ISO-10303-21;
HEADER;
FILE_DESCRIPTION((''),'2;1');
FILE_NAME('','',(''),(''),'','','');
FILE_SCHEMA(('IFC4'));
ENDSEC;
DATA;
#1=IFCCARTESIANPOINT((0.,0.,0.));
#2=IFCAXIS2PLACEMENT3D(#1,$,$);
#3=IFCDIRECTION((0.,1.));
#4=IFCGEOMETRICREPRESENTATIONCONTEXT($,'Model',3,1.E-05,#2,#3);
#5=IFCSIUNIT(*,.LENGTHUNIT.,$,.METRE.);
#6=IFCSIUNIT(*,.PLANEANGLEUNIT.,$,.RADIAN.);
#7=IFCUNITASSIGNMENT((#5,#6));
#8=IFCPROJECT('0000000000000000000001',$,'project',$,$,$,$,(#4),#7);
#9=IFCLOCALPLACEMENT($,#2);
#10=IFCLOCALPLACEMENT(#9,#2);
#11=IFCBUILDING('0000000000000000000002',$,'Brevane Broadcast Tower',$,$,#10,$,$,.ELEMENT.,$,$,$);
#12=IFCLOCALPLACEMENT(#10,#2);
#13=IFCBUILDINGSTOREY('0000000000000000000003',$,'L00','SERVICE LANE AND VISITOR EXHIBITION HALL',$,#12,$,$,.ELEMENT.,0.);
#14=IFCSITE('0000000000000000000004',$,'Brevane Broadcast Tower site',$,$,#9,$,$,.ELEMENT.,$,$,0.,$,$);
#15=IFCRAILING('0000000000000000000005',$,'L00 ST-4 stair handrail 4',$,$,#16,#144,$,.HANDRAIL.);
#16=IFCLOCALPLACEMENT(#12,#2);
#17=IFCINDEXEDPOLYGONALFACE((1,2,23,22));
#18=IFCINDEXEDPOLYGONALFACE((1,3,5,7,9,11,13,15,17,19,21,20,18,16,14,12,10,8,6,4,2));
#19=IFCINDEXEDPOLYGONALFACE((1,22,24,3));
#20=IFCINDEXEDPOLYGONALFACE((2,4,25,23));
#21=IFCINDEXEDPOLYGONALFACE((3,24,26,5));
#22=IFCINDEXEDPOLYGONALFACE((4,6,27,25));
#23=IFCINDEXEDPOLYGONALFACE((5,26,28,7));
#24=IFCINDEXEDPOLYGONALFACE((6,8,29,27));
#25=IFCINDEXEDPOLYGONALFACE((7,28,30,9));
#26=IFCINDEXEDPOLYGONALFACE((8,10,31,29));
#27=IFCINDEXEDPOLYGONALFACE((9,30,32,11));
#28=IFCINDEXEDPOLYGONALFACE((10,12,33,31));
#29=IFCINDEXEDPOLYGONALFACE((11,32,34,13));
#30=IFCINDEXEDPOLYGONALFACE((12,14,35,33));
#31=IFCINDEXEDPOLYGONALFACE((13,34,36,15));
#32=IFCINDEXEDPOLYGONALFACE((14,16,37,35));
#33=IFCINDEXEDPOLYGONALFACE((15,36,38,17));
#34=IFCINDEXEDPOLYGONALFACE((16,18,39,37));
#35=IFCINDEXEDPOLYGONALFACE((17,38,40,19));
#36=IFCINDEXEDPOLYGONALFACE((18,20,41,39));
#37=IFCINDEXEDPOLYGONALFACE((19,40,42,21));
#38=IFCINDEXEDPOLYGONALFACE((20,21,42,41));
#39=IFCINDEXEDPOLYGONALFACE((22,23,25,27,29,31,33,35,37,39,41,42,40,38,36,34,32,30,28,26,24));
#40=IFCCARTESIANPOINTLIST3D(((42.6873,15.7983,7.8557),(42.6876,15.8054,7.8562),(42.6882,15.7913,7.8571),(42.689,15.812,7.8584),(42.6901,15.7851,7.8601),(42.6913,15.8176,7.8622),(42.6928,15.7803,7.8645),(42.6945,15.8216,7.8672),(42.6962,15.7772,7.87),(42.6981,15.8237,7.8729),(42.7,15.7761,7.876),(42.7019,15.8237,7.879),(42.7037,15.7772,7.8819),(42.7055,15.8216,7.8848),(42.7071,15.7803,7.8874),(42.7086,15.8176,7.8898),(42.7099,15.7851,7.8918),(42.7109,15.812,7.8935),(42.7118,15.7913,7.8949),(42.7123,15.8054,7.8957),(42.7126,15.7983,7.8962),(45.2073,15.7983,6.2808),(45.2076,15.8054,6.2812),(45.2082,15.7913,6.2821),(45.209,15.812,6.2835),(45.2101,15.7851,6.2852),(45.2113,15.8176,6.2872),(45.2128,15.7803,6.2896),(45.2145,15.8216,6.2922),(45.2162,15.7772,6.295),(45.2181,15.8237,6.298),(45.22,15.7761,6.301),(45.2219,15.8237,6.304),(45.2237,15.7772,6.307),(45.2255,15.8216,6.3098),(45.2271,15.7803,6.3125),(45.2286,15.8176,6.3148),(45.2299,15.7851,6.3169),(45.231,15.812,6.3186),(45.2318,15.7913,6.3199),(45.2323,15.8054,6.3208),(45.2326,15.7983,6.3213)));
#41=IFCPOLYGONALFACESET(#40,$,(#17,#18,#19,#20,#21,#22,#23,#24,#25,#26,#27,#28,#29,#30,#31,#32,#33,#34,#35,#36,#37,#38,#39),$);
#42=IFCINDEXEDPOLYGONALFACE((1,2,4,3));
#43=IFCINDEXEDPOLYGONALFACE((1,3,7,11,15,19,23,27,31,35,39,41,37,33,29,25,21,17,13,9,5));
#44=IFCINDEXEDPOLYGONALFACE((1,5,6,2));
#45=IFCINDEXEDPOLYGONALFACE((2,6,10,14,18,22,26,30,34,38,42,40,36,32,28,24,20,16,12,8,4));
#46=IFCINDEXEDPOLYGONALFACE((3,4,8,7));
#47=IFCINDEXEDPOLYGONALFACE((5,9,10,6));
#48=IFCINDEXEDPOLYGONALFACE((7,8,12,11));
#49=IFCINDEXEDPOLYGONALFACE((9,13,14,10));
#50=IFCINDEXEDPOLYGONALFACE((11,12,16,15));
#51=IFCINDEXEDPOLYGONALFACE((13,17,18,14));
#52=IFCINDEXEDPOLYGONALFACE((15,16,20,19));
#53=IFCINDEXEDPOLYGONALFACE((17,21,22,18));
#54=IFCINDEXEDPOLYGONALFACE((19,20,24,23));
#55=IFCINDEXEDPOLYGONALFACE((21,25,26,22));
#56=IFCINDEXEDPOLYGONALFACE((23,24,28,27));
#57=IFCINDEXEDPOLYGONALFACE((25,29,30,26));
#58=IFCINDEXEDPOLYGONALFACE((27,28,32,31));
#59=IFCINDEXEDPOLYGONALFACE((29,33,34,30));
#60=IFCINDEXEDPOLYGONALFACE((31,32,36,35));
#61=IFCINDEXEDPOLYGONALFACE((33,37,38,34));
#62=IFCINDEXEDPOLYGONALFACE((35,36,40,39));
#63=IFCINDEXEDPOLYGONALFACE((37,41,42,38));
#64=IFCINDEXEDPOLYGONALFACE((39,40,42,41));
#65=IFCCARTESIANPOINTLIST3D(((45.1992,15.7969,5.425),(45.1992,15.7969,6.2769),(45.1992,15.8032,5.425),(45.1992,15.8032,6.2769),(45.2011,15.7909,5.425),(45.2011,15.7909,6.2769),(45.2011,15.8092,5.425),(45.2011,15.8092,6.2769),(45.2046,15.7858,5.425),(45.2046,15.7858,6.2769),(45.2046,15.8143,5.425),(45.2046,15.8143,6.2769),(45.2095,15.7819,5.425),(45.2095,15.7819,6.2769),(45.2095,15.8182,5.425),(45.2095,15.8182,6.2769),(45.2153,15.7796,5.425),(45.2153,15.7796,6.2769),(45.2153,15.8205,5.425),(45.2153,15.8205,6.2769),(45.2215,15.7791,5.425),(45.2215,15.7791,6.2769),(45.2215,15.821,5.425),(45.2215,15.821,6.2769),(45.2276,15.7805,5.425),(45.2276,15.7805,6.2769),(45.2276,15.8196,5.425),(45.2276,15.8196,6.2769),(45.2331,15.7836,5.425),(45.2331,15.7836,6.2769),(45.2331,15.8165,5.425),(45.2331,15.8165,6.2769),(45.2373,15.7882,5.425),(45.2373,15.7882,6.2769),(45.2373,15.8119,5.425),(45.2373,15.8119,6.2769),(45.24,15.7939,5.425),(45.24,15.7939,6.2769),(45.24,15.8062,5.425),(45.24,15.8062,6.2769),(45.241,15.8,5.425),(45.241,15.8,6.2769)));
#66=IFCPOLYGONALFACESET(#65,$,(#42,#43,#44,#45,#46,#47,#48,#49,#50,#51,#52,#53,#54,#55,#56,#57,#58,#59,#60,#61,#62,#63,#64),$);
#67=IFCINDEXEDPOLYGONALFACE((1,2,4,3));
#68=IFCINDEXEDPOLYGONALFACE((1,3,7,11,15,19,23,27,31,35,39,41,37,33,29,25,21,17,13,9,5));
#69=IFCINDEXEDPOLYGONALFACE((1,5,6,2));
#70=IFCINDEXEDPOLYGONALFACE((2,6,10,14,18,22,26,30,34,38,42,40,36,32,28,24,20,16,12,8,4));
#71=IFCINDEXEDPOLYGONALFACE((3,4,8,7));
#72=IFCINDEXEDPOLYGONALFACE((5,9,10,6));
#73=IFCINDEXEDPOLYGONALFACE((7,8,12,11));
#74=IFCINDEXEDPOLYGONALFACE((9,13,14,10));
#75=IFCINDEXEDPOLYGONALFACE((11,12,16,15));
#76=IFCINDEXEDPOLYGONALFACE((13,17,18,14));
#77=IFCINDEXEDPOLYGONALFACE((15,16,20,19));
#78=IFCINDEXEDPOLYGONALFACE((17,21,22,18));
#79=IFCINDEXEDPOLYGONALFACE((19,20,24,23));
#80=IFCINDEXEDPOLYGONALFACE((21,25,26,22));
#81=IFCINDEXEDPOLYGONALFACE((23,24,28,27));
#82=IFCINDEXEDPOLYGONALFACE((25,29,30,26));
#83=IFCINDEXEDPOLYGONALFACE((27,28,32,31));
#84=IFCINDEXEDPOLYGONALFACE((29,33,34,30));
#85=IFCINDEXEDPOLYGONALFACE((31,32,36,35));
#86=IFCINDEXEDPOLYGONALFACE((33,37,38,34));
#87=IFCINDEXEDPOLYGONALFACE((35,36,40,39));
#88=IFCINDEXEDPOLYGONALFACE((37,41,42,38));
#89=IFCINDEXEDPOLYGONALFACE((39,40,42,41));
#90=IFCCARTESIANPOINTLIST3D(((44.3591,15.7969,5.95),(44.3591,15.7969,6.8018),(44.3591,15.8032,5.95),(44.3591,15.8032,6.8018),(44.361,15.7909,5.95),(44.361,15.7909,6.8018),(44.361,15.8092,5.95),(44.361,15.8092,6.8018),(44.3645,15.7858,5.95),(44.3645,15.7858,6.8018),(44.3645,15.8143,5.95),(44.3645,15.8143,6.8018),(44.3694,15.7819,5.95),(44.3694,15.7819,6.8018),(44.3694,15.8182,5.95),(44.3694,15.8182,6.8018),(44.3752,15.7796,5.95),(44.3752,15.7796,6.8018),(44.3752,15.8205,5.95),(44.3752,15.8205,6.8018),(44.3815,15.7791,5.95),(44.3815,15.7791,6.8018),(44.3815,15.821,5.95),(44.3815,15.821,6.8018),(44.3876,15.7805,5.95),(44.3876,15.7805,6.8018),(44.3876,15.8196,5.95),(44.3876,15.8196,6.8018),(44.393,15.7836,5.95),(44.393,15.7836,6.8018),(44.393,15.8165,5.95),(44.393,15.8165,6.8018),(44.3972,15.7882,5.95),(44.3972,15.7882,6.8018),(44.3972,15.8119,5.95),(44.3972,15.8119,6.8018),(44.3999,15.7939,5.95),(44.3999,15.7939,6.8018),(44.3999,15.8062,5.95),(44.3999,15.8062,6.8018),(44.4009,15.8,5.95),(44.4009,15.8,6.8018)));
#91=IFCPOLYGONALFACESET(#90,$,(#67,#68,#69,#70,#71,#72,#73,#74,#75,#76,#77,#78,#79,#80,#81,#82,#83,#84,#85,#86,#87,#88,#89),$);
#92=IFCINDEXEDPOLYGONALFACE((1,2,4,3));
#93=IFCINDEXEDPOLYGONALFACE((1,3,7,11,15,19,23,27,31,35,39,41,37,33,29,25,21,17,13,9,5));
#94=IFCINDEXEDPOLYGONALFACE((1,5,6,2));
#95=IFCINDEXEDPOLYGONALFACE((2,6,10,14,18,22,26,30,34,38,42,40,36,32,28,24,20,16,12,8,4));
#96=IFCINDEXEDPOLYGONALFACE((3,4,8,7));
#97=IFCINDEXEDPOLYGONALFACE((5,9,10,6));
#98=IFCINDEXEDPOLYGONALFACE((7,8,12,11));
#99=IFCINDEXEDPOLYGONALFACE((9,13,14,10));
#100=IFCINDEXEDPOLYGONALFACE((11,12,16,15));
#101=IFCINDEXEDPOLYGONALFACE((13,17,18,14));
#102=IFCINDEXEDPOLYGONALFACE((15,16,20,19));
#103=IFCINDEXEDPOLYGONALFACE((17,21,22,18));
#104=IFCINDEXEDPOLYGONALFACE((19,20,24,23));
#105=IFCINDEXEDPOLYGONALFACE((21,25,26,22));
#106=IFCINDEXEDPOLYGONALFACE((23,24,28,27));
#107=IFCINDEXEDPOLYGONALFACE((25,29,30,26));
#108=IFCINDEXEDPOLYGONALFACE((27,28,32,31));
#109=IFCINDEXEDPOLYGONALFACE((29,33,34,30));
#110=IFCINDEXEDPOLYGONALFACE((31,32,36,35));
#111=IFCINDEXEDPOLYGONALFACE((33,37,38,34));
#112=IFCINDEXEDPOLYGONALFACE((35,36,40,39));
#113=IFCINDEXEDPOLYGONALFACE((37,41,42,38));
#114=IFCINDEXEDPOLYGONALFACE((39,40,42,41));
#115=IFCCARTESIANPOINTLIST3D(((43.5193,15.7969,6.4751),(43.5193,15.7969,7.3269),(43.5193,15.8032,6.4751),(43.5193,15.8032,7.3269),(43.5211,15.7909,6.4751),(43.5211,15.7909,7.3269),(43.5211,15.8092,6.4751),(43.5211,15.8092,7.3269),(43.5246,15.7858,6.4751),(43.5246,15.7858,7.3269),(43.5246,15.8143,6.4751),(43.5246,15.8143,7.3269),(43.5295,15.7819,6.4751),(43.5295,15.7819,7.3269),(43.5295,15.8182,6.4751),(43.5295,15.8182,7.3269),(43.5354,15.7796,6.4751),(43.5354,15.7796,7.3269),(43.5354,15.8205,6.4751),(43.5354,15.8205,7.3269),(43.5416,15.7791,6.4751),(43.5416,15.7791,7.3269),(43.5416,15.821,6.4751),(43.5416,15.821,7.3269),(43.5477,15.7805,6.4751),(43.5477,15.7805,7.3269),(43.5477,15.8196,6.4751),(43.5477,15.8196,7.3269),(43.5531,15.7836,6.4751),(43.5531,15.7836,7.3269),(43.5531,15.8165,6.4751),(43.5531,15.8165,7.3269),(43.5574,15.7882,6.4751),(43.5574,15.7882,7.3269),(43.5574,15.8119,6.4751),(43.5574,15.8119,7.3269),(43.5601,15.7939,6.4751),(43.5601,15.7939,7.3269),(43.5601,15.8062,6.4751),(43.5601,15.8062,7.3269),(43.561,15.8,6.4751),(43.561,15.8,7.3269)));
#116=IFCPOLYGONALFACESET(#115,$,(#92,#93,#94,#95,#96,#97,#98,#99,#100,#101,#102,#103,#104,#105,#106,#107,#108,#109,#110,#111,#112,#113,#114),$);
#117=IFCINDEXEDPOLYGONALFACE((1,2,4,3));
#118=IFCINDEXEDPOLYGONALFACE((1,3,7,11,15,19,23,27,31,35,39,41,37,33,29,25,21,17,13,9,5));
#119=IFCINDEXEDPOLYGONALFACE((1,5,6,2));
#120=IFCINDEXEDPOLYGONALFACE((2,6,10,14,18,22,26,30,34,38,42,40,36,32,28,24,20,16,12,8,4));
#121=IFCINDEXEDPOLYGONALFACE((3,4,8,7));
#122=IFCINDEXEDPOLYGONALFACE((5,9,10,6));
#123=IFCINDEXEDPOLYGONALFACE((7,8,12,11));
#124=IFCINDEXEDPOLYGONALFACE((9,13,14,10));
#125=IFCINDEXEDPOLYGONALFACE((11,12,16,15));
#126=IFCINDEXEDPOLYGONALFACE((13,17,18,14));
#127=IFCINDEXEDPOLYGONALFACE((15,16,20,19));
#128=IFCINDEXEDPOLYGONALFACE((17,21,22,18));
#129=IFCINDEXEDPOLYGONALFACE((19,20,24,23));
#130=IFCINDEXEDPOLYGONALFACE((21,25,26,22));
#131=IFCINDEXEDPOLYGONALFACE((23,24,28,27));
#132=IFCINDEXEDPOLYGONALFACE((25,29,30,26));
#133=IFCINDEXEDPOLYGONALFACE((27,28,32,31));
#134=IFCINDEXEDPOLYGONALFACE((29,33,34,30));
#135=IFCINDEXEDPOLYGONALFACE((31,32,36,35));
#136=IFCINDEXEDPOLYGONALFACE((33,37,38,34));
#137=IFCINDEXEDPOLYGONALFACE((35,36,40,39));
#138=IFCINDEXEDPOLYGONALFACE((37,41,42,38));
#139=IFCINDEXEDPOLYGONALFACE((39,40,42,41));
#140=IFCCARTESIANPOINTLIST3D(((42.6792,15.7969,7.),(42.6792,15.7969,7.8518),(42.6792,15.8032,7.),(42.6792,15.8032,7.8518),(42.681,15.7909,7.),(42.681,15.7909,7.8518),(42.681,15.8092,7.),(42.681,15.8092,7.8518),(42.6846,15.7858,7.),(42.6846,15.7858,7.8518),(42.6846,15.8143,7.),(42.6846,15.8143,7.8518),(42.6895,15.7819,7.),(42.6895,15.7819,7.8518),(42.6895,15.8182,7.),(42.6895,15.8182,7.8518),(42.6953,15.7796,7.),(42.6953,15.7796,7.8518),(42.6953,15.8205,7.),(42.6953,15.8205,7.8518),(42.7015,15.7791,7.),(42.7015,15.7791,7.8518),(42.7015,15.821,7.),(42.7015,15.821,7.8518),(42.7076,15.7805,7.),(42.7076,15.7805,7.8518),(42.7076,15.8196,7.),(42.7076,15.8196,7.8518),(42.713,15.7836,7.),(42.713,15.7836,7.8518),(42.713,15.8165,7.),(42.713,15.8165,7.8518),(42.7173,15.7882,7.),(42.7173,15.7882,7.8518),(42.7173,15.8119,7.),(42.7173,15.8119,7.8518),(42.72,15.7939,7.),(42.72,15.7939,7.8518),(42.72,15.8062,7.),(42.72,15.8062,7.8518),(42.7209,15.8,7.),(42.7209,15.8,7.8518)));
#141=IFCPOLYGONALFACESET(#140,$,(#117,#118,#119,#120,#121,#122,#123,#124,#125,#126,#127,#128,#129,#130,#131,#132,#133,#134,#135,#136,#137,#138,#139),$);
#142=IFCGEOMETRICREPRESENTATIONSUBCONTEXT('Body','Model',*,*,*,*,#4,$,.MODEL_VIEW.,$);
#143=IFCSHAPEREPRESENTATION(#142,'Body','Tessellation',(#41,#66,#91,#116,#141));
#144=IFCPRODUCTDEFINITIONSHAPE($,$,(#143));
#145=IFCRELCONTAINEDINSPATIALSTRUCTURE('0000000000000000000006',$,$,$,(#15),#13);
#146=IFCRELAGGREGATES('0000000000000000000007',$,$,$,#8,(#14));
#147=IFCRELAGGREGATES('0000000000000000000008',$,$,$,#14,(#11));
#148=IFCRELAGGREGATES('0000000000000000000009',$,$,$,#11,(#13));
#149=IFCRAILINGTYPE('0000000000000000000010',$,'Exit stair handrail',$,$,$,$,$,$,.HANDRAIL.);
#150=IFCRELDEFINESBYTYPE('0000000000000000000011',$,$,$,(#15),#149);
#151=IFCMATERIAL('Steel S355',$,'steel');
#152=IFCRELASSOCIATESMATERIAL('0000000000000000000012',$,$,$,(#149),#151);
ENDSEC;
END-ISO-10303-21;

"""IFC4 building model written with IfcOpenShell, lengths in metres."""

from ifc_helpers import new_model, si_unit, direction, frame, origin, origin_2d, place, context, subcontext, project, spatial, circle, extrude, material, type_object, element, save


model = new_model("IFC4")

# Units and contexts
model_context = context("Model", 3, precision=1e-05, world=origin(), true_north=direction((0.0, 1.0)))
body_context = subcontext(model_context, "Body", "Model", "MODEL_VIEW")
ifc_project = project(units=[si_unit("LENGTHUNIT", "METRE"), si_unit("PLANEANGLEUNIT", "RADIAN")], contexts=[model_context])

# Site, building, storey
site_placement = place(None, origin())
site = spatial("IfcSite", under=ifc_project, at=site_placement, Name="Brevane Broadcast Tower site", CompositionType="ELEMENT", RefElevation=0.0)
building_placement = place(site_placement, origin())
building = spatial("IfcBuilding", under=site, at=building_placement, Name="Brevane Broadcast Tower", CompositionType="ELEMENT")
storey_placement = place(building_placement, origin())
storey = spatial("IfcBuildingStorey", under=building, at=storey_placement, Name="L00", Description="SERVICE LANE AND VISITOR EXHIBITION HALL", CompositionType="ELEMENT", Elevation=0.0)

# Railing
ifc_material_1 = material(Name="Steel S355", Category="steel")
railing_type_1 = type_object("IfcRailingType", Name="Exit stair handrail", PredefinedType="HANDRAIL", material=ifc_material_1)
for number, where, name in (
    (1, (45.22, 15.8, 5.425), "L00 ST-4 stair handrail 4"),
):
    element("IfcRailing", number, at=place(storey_placement, frame(where)), inside=storey, type_object=railing_type_1, Name=name, PredefinedType="HANDRAIL", context=body_context, shape_type="SweptSolid", body=[
        extrude(circle(Radius=0.0239, at=origin_2d()), frame((0.0, 0.0, 0.876), z_axis=(-0.848008, 0.0, 0.529984), x_axis=(0.0, -1.0, 0.0)), (0.0, 0.0, 1.0), 2.9717),
        extrude(circle(Radius=0.021, at=origin_2d()), origin(), (0.0, 0.0, 1.0), 0.8518),
        extrude(circle(Radius=0.021, at=origin_2d()), frame((-0.8401, 0.0, 0.5249)), (0.0, 0.0, 1.0), 0.8518),
        extrude(circle(Radius=0.021, at=origin_2d()), frame((-1.6799, 0.0, 1.05)), (0.0, 0.0, 1.0), 0.8518),
        extrude(circle(Radius=0.021, at=origin_2d()), frame((-2.52, 0.0, 1.575)), (0.0, 0.0, 1.0), 0.8518),
    ])

save(model, "model.ifc")
